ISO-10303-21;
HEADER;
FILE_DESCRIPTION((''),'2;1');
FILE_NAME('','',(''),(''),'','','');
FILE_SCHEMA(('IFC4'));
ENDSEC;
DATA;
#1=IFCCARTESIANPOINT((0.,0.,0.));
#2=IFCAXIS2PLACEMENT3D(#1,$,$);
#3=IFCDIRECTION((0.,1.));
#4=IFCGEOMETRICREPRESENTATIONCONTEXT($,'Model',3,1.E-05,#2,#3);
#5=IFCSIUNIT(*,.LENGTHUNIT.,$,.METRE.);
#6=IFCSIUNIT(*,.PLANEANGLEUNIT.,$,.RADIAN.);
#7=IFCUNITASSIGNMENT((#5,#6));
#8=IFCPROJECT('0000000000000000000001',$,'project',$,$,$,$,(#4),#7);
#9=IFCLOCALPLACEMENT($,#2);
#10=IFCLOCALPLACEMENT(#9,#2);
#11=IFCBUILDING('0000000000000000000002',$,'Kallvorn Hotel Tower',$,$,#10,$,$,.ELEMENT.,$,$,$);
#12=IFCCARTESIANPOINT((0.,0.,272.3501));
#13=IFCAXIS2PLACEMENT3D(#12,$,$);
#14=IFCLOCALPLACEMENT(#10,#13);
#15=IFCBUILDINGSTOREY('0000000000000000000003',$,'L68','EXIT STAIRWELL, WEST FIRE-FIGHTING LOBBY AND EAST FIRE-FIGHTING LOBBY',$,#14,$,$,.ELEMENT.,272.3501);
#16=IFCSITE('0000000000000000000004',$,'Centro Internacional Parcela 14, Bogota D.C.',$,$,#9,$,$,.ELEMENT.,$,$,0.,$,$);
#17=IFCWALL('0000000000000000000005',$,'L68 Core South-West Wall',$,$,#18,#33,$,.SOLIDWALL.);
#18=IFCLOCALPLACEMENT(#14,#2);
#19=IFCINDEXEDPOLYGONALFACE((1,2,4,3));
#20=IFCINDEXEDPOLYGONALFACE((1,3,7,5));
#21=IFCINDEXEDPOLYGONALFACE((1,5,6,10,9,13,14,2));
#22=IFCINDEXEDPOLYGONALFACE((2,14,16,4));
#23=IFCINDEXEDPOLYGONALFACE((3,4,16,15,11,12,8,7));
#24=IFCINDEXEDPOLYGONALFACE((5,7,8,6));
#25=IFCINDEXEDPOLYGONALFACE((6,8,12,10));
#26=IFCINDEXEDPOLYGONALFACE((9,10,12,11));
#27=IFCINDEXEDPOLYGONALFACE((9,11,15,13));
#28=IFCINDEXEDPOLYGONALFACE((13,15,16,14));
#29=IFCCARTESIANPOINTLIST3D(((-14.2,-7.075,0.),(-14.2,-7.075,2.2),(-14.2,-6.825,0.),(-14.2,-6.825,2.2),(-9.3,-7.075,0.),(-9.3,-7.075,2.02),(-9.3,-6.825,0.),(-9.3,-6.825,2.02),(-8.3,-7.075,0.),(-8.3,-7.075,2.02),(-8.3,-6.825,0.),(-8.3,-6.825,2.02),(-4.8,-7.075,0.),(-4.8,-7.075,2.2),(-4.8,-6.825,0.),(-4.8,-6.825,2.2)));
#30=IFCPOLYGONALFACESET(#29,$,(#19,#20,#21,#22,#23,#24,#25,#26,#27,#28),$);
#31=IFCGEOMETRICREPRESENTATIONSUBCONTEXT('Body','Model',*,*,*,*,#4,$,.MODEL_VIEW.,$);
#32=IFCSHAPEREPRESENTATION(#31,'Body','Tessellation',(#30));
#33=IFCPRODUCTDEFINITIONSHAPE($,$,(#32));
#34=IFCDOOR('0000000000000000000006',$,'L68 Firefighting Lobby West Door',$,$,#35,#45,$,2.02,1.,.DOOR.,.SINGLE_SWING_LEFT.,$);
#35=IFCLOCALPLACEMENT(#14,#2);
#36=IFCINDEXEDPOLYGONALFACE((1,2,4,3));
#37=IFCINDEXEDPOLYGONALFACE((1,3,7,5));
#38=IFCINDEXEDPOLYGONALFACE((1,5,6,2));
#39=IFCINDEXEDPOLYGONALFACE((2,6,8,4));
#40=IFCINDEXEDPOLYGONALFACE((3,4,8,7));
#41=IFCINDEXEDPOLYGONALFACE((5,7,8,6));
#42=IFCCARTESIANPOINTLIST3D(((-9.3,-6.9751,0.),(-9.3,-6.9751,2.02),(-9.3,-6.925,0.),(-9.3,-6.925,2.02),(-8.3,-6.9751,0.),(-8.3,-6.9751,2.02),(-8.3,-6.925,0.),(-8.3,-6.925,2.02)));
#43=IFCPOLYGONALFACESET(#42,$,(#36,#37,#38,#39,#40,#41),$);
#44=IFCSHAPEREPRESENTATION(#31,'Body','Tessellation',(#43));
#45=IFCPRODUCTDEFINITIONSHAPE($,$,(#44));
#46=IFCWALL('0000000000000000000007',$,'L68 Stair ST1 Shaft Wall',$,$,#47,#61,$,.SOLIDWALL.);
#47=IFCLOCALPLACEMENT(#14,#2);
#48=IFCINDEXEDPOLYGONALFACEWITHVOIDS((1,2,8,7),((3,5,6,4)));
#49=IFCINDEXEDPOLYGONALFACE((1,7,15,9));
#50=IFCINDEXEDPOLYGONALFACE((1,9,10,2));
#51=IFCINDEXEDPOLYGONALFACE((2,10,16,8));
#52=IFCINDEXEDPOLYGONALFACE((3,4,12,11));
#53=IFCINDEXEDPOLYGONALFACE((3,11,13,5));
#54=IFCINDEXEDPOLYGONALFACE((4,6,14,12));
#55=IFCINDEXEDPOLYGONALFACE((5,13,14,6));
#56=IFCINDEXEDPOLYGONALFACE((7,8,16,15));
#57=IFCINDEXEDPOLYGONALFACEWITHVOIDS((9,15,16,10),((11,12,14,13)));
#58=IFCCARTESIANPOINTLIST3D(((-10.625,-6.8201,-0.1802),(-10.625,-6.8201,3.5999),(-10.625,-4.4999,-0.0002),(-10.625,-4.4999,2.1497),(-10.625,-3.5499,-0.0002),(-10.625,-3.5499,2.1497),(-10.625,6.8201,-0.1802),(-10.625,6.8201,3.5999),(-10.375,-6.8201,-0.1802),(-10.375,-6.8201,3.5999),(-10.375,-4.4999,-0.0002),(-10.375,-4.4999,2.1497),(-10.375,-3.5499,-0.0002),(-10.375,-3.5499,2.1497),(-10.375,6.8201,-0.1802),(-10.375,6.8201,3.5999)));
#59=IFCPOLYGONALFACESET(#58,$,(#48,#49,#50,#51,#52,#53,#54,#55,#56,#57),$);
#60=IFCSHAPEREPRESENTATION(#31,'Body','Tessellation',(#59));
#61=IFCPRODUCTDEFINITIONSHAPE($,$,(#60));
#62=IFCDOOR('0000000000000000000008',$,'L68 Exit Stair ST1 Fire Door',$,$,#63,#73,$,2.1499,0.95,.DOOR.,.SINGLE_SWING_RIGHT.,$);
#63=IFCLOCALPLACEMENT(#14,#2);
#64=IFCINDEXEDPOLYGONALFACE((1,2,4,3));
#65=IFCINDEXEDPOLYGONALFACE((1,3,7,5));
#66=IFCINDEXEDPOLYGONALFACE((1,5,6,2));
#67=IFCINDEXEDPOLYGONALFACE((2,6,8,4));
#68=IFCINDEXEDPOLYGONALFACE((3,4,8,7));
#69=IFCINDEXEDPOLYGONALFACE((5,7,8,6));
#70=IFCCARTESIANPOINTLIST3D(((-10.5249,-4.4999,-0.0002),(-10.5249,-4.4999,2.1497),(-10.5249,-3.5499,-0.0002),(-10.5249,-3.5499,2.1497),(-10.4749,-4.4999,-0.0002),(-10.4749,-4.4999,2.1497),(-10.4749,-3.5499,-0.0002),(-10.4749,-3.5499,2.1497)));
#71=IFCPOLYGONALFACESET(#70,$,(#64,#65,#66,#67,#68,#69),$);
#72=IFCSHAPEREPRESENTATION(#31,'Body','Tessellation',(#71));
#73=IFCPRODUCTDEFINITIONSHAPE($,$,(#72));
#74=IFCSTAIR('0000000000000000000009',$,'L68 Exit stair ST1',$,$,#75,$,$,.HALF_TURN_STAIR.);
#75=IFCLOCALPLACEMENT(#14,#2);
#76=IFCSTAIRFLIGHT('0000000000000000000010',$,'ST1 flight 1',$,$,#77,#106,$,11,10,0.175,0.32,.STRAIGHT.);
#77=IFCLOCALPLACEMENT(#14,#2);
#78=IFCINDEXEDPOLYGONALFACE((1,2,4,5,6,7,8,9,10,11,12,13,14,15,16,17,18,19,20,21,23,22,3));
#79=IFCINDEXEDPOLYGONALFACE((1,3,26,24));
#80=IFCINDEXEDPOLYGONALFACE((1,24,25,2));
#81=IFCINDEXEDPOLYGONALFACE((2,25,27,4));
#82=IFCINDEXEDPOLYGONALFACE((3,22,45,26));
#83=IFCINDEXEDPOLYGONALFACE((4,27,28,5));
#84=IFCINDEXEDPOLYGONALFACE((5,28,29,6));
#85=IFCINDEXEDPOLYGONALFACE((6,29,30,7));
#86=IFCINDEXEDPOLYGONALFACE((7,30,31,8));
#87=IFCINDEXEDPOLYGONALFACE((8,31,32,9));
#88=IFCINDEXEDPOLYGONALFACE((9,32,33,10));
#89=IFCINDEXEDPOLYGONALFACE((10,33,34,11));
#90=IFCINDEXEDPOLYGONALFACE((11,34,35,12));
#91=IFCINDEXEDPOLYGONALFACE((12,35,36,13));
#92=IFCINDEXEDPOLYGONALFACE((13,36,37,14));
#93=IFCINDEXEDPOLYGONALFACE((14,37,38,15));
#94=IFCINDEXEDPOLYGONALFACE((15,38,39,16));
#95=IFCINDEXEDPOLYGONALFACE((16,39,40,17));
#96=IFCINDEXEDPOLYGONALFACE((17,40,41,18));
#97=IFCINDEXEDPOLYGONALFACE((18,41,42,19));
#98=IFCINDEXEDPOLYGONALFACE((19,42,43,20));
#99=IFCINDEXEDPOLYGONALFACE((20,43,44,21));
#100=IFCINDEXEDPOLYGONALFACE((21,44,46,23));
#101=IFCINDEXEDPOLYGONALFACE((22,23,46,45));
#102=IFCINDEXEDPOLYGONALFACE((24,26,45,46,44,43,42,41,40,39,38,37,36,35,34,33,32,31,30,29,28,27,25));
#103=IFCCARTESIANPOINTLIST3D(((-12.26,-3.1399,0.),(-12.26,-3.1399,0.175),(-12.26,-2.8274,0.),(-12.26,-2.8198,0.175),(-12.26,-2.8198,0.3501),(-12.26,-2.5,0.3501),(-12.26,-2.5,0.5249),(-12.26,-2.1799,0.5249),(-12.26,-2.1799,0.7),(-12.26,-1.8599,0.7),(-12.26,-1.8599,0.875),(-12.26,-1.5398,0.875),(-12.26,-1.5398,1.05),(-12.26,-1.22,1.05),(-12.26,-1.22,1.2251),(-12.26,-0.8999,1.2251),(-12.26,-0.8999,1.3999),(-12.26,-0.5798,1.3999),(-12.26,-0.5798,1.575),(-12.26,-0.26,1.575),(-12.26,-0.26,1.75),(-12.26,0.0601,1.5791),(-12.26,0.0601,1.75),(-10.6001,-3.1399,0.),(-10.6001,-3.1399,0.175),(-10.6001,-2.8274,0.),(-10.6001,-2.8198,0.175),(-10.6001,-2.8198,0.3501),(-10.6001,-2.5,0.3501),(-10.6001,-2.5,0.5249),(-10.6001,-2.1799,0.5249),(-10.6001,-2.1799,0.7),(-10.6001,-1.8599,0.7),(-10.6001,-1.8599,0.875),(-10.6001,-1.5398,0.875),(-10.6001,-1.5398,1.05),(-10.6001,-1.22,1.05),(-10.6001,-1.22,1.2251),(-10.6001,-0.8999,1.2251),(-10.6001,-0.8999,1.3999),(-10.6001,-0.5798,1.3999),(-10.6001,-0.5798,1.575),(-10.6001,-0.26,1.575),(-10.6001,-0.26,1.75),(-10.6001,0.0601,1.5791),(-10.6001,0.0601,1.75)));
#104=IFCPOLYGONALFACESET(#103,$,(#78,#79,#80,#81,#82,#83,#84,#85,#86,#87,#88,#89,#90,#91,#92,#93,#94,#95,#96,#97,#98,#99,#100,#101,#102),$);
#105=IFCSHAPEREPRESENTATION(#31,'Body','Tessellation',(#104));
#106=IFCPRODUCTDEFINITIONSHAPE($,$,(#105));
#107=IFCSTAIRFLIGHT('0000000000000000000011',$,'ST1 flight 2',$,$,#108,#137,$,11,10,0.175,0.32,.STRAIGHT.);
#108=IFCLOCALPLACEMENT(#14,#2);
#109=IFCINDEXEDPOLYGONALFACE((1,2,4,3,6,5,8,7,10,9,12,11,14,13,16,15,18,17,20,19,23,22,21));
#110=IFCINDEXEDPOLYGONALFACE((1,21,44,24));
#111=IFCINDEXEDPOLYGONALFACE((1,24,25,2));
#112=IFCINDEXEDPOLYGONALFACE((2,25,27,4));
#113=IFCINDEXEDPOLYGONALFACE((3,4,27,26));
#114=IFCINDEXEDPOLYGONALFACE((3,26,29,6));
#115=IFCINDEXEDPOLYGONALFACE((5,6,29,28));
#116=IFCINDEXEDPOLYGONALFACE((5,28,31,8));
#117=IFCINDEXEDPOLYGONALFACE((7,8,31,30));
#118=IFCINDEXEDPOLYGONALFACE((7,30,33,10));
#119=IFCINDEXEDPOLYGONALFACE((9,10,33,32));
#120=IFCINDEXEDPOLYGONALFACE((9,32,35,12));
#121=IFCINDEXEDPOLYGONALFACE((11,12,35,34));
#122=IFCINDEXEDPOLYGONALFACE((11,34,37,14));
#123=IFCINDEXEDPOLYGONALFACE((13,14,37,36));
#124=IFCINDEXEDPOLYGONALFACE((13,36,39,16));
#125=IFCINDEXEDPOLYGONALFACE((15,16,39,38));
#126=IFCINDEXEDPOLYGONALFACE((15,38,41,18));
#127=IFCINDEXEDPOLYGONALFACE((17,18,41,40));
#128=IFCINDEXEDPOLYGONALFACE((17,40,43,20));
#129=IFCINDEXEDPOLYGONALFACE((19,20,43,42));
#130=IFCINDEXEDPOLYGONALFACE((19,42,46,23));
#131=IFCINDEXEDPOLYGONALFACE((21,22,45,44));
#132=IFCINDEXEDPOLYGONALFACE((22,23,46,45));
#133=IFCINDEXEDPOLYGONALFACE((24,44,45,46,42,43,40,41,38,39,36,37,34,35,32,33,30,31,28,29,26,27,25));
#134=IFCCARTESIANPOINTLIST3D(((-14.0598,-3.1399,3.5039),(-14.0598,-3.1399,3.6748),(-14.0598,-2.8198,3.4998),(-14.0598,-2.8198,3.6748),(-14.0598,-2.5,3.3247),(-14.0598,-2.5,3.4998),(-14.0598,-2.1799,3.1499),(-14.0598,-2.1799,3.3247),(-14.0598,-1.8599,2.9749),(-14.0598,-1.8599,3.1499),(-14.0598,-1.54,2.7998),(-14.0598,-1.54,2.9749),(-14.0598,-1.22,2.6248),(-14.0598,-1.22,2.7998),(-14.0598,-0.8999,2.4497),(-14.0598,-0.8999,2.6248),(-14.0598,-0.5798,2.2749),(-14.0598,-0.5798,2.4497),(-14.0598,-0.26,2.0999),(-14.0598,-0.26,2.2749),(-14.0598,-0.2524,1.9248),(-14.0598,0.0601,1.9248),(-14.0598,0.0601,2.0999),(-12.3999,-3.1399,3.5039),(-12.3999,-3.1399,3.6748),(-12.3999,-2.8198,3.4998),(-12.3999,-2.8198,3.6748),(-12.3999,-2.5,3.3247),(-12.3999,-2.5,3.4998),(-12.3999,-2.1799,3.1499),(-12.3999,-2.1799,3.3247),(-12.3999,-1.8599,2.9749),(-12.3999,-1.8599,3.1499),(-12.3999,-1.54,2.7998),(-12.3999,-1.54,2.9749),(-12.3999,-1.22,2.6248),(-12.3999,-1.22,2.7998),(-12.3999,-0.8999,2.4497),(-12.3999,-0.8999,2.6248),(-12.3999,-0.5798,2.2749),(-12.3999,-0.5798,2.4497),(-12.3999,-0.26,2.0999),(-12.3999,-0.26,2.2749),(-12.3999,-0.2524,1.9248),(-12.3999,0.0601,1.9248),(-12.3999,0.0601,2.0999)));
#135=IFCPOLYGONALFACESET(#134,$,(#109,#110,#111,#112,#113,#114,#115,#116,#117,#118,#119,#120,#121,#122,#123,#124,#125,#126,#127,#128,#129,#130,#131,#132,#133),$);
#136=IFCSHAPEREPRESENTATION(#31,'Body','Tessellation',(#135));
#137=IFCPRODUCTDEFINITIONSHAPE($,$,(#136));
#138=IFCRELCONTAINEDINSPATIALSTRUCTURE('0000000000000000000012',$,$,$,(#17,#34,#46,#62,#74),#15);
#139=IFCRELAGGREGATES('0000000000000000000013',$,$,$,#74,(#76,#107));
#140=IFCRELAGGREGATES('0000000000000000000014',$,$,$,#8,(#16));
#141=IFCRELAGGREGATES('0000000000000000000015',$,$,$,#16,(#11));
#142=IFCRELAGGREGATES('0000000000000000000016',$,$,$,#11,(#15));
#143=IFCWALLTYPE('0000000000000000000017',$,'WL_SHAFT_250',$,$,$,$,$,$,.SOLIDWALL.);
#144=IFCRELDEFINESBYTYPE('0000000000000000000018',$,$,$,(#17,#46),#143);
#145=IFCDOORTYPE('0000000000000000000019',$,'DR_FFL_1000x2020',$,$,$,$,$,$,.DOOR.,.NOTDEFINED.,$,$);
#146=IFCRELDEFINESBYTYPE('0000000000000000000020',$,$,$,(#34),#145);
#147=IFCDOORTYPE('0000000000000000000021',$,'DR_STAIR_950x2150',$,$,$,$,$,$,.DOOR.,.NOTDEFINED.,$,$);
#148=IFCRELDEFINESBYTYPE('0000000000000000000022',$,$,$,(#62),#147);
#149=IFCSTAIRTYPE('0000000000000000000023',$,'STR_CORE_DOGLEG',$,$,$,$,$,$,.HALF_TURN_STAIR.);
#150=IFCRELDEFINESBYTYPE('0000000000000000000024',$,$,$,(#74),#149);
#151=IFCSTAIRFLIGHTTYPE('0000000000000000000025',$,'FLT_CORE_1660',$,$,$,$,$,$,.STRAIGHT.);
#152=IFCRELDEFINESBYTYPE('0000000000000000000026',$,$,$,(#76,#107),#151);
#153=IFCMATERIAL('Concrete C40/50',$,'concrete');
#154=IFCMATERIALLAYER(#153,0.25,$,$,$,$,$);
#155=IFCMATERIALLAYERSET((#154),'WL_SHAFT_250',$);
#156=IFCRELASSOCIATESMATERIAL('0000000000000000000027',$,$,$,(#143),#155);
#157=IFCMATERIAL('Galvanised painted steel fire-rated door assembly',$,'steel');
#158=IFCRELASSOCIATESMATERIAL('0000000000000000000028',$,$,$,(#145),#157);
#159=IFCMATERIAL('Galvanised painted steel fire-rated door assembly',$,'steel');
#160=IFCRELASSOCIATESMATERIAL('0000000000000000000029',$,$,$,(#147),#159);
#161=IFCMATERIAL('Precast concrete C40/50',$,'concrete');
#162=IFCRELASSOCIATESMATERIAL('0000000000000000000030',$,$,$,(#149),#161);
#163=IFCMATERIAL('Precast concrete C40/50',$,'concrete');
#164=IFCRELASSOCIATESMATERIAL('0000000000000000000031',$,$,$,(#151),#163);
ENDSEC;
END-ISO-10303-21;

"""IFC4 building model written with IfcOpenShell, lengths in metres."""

from ifc_helpers import new_model, si_unit, direction, frame, frame_2d, origin, place, context, subcontext, project, spatial, polyline, rectangle, outline, extrude, material, layer, layer_set, type_object, element, fill, aggregate, save


model = new_model("IFC4")

# Units and contexts
model_context = context("Model", 3, precision=1e-05, world=origin(), true_north=direction((0.0, 1.0)))
body_context = subcontext(model_context, "Body", "Model", "MODEL_VIEW")
ifc_project = project(units=[si_unit("LENGTHUNIT", "METRE"), si_unit("PLANEANGLEUNIT", "RADIAN")], contexts=[model_context])

# Site, building, storey
site_placement = place(None, origin())
site = spatial("IfcSite", under=ifc_project, at=site_placement, Name="Centro Internacional Parcela 14, Bogota D.C.", CompositionType="ELEMENT", RefElevation=0.0)
building_placement = place(site_placement, origin())
building = spatial("IfcBuilding", under=site, at=building_placement, Name="Kallvorn Hotel Tower", CompositionType="ELEMENT")
storey_placement = place(building_placement, frame((0.0, 0.0, 272.3501)))
storey = spatial("IfcBuildingStorey", under=building, at=storey_placement, Name="L68", Description="EXIT STAIRWELL, WEST FIRE-FIGHTING LOBBY AND EAST FIRE-FIGHTING LOBBY", CompositionType="ELEMENT", Elevation=272.3501)

# Walls, openings, doors
ifc_material_1 = material(Name="Concrete C40/50", Category="concrete")
ifc_layer_1 = layer(ifc_material_1, 0.25)
ifc_layer_set_1 = layer_set([ifc_layer_1], Name="WL_SHAFT_250")
wall_type_1 = type_object("IfcWallType", Name="WL_SHAFT_250", PredefinedType="SOLIDWALL", material=ifc_layer_set_1)
wall_1_placement = place(storey_placement, frame((-14.2, -6.95, 0.0), z_axis=(0.0, 0.0, 1.0), x_axis=(1.0, 0.0, 0.0)))
wall_1 = element("IfcWall", 1, at=wall_1_placement, inside=storey, type_object=wall_type_1, Name="L68 Core South-West Wall", PredefinedType="SOLIDWALL", context=body_context, shape_type="SweptSolid", body=[
    extrude(rectangle(XDim=9.3999, YDim=0.25, at=frame_2d((4.7, 0.0))), origin(), (0.0, 0.0, 1.0), 2.2),
])
opening_1_placement = place(wall_1_placement, frame((4.8999, 0.0, 0.0)))
opening_1 = element("IfcOpeningElement", 2, at=opening_1_placement, cuts=wall_1, PredefinedType="OPENING", context=body_context, shape_type="SweptSolid", body=[
    extrude(rectangle(XDim=1.0, YDim=2.02, at=frame_2d((0.5, 1.01))), frame((0.0, 0.1399, 0.0), z_axis=(0.0, -1.0, 0.0), x_axis=(1.0, 0.0, 0.0)), (0.0, 0.0, 1.0), 0.28),
])
ifc_material_2 = material(Name="Galvanised painted steel fire-rated door assembly", Category="steel")
door_type_1 = type_object("IfcDoorType", Name="DR_FFL_1000x2020", OperationType="NOTDEFINED", PredefinedType="DOOR", material=ifc_material_2)
door_1_placement = place(opening_1_placement, origin())
door_1 = element("IfcDoor", 3, at=door_1_placement, inside=storey, type_object=door_type_1, Name="L68 Firefighting Lobby West Door", OperationType="SINGLE_SWING_LEFT", OverallHeight=2.02, OverallWidth=1.0, PredefinedType="DOOR", context=body_context, shape_type="SweptSolid", body=[
    extrude(rectangle(XDim=1.0, YDim=2.02, at=frame_2d((0.5, 1.01))), frame((0.0, 0.0249, 0.0), z_axis=(0.0, -1.0, 0.0), x_axis=(1.0, 0.0, 0.0)), (0.0, 0.0, 1.0), 0.05),
])
fill(opening_1, door_1)
wall_2_placement = place(storey_placement, frame((-10.5, -6.8201, -0.1802), z_axis=(0.0, 0.0, 1.0), x_axis=(0.0, 1.0, 0.0)))
wall_2 = element("IfcWall", 4, at=wall_2_placement, inside=storey, type_object=wall_type_1, Name="L68 Stair ST1 Shaft Wall", PredefinedType="SOLIDWALL", context=body_context, shape_type="SweptSolid", body=[
    extrude(rectangle(XDim=13.6401, YDim=0.25, at=frame_2d((6.8201, 0.0))), origin(), (0.0, 0.0, 1.0), 3.78),
])
opening_2_placement = place(wall_2_placement, frame((2.3201, 0.0, 0.1799)))
opening_2 = element("IfcOpeningElement", 5, at=opening_2_placement, cuts=wall_2, PredefinedType="OPENING", context=body_context, shape_type="SweptSolid", body=[
    extrude(rectangle(XDim=0.95, YDim=2.1499, at=frame_2d((0.4751, 1.075))), frame((0.0, 0.1399, 0.0), z_axis=(0.0, -1.0, 0.0), x_axis=(1.0, 0.0, 0.0)), (0.0, 0.0, 1.0), 0.28),
])
ifc_material_3 = material(Name="Galvanised painted steel fire-rated door assembly", Category="steel")
door_type_2 = type_object("IfcDoorType", Name="DR_STAIR_950x2150", OperationType="NOTDEFINED", PredefinedType="DOOR", material=ifc_material_3)
door_2_placement = place(opening_2_placement, origin())
door_2 = element("IfcDoor", 6, at=door_2_placement, inside=storey, type_object=door_type_2, Name="L68 Exit Stair ST1 Fire Door", OperationType="SINGLE_SWING_RIGHT", OverallHeight=2.1499, OverallWidth=0.95, PredefinedType="DOOR", context=body_context, shape_type="SweptSolid", body=[
    extrude(rectangle(XDim=0.95, YDim=2.1499, at=frame_2d((0.4751, 1.075))), frame((0.0, 0.0249, 0.0), z_axis=(0.0, -1.0, 0.0), x_axis=(1.0, 0.0, 0.0)), (0.0, 0.0, 1.0), 0.05),
])
fill(opening_2, door_2)

# Stair, stair flights
ifc_material_4 = material(Name="Precast concrete C40/50", Category="concrete")
stair_type = type_object("IfcStairType", Name="STR_CORE_DOGLEG", PredefinedType="HALF_TURN_STAIR", material=ifc_material_4)
stair_placement = place(storey_placement, origin())
stair = element("IfcStair", 7, at=stair_placement, inside=storey, type_object=stair_type, Name="L68 Exit stair ST1", PredefinedType="HALF_TURN_STAIR")
ifc_material_5 = material(Name="Precast concrete C40/50", Category="concrete")
stair_flight_type = type_object("IfcStairFlightType", Name="FLT_CORE_1660", PredefinedType="STRAIGHT", material=ifc_material_5)
stair_flight_1_placement = place(storey_placement, frame((-11.4299, -3.1399, 0.0), z_axis=(0.0, 0.0, 1.0), x_axis=(0.0, 1.0, 0.0)))
stair_flight_1 = element("IfcStairFlight", 8, at=stair_flight_1_placement, type_object=stair_flight_type, Name="ST1 flight 1", NumberOfRisers=11, NumberOfTreads=10, PredefinedType="STRAIGHT", RiserHeight=0.175, TreadLength=0.32, context=body_context, shape_type="SweptSolid", body=[
    extrude(outline(polyline([(0.0, 0.0), (0.0, 0.175), (0.3201, 0.175), (0.3201, 0.3501), (0.6399, 0.3501), (0.6399, 0.5249), (0.96, 0.5249), (0.96, 0.7), (1.28, 0.7), (1.28, 0.875), (1.6001, 0.875), (1.6001, 1.05), (1.9199, 1.05), (1.9199, 1.2251), (2.24, 1.2251), (2.24, 1.3999), (2.5601, 1.3999), (2.5601, 1.575), (2.8799, 1.575), (2.8799, 1.75), (3.2, 1.75), (3.2, 1.925), (3.2, 1.5791), (0.3125, 0.0), (0.0, 0.0)])), frame((0.0, 0.8301, 0.0), z_axis=(0.0, -1.0, 0.0), x_axis=(1.0, 0.0, 0.0)), (0.0, 0.0, 1.0), 1.6599),
])
stair_flight_2_placement = place(storey_placement, frame((-13.23, 0.0601, 1.9248), z_axis=(0.0, 0.0, 1.0), x_axis=(0.0, -1.0, 0.0)))
stair_flight_2 = element("IfcStairFlight", 9, at=stair_flight_2_placement, type_object=stair_flight_type, Name="ST1 flight 2", NumberOfRisers=11, NumberOfTreads=10, PredefinedType="STRAIGHT", RiserHeight=0.175, TreadLength=0.32, context=body_context, shape_type="SweptSolid", body=[
    extrude(outline(polyline([(0.0, 0.0), (0.0, 0.175), (0.3201, 0.175), (0.3201, 0.3501), (0.6399, 0.3501), (0.6399, 0.5249), (0.96, 0.5249), (0.96, 0.7), (1.28, 0.7), (1.28, 0.875), (1.6001, 0.875), (1.6001, 1.05), (1.9199, 1.05), (1.9199, 1.2251), (2.24, 1.2251), (2.24, 1.3999), (2.5601, 1.3999), (2.5601, 1.575), (2.8799, 1.575), (2.8799, 1.75), (3.2, 1.75), (3.2, 1.925), (3.2, 1.5791), (0.3125, 0.0), (0.0, 0.0)])), frame((0.0, 0.8301, 0.0), z_axis=(0.0, -1.0, 0.0), x_axis=(1.0, 0.0, 0.0)), (0.0, 0.0, 1.0), 1.6599),
])
aggregate(stair, [stair_flight_1, stair_flight_2])

save(model, "model.ifc")
